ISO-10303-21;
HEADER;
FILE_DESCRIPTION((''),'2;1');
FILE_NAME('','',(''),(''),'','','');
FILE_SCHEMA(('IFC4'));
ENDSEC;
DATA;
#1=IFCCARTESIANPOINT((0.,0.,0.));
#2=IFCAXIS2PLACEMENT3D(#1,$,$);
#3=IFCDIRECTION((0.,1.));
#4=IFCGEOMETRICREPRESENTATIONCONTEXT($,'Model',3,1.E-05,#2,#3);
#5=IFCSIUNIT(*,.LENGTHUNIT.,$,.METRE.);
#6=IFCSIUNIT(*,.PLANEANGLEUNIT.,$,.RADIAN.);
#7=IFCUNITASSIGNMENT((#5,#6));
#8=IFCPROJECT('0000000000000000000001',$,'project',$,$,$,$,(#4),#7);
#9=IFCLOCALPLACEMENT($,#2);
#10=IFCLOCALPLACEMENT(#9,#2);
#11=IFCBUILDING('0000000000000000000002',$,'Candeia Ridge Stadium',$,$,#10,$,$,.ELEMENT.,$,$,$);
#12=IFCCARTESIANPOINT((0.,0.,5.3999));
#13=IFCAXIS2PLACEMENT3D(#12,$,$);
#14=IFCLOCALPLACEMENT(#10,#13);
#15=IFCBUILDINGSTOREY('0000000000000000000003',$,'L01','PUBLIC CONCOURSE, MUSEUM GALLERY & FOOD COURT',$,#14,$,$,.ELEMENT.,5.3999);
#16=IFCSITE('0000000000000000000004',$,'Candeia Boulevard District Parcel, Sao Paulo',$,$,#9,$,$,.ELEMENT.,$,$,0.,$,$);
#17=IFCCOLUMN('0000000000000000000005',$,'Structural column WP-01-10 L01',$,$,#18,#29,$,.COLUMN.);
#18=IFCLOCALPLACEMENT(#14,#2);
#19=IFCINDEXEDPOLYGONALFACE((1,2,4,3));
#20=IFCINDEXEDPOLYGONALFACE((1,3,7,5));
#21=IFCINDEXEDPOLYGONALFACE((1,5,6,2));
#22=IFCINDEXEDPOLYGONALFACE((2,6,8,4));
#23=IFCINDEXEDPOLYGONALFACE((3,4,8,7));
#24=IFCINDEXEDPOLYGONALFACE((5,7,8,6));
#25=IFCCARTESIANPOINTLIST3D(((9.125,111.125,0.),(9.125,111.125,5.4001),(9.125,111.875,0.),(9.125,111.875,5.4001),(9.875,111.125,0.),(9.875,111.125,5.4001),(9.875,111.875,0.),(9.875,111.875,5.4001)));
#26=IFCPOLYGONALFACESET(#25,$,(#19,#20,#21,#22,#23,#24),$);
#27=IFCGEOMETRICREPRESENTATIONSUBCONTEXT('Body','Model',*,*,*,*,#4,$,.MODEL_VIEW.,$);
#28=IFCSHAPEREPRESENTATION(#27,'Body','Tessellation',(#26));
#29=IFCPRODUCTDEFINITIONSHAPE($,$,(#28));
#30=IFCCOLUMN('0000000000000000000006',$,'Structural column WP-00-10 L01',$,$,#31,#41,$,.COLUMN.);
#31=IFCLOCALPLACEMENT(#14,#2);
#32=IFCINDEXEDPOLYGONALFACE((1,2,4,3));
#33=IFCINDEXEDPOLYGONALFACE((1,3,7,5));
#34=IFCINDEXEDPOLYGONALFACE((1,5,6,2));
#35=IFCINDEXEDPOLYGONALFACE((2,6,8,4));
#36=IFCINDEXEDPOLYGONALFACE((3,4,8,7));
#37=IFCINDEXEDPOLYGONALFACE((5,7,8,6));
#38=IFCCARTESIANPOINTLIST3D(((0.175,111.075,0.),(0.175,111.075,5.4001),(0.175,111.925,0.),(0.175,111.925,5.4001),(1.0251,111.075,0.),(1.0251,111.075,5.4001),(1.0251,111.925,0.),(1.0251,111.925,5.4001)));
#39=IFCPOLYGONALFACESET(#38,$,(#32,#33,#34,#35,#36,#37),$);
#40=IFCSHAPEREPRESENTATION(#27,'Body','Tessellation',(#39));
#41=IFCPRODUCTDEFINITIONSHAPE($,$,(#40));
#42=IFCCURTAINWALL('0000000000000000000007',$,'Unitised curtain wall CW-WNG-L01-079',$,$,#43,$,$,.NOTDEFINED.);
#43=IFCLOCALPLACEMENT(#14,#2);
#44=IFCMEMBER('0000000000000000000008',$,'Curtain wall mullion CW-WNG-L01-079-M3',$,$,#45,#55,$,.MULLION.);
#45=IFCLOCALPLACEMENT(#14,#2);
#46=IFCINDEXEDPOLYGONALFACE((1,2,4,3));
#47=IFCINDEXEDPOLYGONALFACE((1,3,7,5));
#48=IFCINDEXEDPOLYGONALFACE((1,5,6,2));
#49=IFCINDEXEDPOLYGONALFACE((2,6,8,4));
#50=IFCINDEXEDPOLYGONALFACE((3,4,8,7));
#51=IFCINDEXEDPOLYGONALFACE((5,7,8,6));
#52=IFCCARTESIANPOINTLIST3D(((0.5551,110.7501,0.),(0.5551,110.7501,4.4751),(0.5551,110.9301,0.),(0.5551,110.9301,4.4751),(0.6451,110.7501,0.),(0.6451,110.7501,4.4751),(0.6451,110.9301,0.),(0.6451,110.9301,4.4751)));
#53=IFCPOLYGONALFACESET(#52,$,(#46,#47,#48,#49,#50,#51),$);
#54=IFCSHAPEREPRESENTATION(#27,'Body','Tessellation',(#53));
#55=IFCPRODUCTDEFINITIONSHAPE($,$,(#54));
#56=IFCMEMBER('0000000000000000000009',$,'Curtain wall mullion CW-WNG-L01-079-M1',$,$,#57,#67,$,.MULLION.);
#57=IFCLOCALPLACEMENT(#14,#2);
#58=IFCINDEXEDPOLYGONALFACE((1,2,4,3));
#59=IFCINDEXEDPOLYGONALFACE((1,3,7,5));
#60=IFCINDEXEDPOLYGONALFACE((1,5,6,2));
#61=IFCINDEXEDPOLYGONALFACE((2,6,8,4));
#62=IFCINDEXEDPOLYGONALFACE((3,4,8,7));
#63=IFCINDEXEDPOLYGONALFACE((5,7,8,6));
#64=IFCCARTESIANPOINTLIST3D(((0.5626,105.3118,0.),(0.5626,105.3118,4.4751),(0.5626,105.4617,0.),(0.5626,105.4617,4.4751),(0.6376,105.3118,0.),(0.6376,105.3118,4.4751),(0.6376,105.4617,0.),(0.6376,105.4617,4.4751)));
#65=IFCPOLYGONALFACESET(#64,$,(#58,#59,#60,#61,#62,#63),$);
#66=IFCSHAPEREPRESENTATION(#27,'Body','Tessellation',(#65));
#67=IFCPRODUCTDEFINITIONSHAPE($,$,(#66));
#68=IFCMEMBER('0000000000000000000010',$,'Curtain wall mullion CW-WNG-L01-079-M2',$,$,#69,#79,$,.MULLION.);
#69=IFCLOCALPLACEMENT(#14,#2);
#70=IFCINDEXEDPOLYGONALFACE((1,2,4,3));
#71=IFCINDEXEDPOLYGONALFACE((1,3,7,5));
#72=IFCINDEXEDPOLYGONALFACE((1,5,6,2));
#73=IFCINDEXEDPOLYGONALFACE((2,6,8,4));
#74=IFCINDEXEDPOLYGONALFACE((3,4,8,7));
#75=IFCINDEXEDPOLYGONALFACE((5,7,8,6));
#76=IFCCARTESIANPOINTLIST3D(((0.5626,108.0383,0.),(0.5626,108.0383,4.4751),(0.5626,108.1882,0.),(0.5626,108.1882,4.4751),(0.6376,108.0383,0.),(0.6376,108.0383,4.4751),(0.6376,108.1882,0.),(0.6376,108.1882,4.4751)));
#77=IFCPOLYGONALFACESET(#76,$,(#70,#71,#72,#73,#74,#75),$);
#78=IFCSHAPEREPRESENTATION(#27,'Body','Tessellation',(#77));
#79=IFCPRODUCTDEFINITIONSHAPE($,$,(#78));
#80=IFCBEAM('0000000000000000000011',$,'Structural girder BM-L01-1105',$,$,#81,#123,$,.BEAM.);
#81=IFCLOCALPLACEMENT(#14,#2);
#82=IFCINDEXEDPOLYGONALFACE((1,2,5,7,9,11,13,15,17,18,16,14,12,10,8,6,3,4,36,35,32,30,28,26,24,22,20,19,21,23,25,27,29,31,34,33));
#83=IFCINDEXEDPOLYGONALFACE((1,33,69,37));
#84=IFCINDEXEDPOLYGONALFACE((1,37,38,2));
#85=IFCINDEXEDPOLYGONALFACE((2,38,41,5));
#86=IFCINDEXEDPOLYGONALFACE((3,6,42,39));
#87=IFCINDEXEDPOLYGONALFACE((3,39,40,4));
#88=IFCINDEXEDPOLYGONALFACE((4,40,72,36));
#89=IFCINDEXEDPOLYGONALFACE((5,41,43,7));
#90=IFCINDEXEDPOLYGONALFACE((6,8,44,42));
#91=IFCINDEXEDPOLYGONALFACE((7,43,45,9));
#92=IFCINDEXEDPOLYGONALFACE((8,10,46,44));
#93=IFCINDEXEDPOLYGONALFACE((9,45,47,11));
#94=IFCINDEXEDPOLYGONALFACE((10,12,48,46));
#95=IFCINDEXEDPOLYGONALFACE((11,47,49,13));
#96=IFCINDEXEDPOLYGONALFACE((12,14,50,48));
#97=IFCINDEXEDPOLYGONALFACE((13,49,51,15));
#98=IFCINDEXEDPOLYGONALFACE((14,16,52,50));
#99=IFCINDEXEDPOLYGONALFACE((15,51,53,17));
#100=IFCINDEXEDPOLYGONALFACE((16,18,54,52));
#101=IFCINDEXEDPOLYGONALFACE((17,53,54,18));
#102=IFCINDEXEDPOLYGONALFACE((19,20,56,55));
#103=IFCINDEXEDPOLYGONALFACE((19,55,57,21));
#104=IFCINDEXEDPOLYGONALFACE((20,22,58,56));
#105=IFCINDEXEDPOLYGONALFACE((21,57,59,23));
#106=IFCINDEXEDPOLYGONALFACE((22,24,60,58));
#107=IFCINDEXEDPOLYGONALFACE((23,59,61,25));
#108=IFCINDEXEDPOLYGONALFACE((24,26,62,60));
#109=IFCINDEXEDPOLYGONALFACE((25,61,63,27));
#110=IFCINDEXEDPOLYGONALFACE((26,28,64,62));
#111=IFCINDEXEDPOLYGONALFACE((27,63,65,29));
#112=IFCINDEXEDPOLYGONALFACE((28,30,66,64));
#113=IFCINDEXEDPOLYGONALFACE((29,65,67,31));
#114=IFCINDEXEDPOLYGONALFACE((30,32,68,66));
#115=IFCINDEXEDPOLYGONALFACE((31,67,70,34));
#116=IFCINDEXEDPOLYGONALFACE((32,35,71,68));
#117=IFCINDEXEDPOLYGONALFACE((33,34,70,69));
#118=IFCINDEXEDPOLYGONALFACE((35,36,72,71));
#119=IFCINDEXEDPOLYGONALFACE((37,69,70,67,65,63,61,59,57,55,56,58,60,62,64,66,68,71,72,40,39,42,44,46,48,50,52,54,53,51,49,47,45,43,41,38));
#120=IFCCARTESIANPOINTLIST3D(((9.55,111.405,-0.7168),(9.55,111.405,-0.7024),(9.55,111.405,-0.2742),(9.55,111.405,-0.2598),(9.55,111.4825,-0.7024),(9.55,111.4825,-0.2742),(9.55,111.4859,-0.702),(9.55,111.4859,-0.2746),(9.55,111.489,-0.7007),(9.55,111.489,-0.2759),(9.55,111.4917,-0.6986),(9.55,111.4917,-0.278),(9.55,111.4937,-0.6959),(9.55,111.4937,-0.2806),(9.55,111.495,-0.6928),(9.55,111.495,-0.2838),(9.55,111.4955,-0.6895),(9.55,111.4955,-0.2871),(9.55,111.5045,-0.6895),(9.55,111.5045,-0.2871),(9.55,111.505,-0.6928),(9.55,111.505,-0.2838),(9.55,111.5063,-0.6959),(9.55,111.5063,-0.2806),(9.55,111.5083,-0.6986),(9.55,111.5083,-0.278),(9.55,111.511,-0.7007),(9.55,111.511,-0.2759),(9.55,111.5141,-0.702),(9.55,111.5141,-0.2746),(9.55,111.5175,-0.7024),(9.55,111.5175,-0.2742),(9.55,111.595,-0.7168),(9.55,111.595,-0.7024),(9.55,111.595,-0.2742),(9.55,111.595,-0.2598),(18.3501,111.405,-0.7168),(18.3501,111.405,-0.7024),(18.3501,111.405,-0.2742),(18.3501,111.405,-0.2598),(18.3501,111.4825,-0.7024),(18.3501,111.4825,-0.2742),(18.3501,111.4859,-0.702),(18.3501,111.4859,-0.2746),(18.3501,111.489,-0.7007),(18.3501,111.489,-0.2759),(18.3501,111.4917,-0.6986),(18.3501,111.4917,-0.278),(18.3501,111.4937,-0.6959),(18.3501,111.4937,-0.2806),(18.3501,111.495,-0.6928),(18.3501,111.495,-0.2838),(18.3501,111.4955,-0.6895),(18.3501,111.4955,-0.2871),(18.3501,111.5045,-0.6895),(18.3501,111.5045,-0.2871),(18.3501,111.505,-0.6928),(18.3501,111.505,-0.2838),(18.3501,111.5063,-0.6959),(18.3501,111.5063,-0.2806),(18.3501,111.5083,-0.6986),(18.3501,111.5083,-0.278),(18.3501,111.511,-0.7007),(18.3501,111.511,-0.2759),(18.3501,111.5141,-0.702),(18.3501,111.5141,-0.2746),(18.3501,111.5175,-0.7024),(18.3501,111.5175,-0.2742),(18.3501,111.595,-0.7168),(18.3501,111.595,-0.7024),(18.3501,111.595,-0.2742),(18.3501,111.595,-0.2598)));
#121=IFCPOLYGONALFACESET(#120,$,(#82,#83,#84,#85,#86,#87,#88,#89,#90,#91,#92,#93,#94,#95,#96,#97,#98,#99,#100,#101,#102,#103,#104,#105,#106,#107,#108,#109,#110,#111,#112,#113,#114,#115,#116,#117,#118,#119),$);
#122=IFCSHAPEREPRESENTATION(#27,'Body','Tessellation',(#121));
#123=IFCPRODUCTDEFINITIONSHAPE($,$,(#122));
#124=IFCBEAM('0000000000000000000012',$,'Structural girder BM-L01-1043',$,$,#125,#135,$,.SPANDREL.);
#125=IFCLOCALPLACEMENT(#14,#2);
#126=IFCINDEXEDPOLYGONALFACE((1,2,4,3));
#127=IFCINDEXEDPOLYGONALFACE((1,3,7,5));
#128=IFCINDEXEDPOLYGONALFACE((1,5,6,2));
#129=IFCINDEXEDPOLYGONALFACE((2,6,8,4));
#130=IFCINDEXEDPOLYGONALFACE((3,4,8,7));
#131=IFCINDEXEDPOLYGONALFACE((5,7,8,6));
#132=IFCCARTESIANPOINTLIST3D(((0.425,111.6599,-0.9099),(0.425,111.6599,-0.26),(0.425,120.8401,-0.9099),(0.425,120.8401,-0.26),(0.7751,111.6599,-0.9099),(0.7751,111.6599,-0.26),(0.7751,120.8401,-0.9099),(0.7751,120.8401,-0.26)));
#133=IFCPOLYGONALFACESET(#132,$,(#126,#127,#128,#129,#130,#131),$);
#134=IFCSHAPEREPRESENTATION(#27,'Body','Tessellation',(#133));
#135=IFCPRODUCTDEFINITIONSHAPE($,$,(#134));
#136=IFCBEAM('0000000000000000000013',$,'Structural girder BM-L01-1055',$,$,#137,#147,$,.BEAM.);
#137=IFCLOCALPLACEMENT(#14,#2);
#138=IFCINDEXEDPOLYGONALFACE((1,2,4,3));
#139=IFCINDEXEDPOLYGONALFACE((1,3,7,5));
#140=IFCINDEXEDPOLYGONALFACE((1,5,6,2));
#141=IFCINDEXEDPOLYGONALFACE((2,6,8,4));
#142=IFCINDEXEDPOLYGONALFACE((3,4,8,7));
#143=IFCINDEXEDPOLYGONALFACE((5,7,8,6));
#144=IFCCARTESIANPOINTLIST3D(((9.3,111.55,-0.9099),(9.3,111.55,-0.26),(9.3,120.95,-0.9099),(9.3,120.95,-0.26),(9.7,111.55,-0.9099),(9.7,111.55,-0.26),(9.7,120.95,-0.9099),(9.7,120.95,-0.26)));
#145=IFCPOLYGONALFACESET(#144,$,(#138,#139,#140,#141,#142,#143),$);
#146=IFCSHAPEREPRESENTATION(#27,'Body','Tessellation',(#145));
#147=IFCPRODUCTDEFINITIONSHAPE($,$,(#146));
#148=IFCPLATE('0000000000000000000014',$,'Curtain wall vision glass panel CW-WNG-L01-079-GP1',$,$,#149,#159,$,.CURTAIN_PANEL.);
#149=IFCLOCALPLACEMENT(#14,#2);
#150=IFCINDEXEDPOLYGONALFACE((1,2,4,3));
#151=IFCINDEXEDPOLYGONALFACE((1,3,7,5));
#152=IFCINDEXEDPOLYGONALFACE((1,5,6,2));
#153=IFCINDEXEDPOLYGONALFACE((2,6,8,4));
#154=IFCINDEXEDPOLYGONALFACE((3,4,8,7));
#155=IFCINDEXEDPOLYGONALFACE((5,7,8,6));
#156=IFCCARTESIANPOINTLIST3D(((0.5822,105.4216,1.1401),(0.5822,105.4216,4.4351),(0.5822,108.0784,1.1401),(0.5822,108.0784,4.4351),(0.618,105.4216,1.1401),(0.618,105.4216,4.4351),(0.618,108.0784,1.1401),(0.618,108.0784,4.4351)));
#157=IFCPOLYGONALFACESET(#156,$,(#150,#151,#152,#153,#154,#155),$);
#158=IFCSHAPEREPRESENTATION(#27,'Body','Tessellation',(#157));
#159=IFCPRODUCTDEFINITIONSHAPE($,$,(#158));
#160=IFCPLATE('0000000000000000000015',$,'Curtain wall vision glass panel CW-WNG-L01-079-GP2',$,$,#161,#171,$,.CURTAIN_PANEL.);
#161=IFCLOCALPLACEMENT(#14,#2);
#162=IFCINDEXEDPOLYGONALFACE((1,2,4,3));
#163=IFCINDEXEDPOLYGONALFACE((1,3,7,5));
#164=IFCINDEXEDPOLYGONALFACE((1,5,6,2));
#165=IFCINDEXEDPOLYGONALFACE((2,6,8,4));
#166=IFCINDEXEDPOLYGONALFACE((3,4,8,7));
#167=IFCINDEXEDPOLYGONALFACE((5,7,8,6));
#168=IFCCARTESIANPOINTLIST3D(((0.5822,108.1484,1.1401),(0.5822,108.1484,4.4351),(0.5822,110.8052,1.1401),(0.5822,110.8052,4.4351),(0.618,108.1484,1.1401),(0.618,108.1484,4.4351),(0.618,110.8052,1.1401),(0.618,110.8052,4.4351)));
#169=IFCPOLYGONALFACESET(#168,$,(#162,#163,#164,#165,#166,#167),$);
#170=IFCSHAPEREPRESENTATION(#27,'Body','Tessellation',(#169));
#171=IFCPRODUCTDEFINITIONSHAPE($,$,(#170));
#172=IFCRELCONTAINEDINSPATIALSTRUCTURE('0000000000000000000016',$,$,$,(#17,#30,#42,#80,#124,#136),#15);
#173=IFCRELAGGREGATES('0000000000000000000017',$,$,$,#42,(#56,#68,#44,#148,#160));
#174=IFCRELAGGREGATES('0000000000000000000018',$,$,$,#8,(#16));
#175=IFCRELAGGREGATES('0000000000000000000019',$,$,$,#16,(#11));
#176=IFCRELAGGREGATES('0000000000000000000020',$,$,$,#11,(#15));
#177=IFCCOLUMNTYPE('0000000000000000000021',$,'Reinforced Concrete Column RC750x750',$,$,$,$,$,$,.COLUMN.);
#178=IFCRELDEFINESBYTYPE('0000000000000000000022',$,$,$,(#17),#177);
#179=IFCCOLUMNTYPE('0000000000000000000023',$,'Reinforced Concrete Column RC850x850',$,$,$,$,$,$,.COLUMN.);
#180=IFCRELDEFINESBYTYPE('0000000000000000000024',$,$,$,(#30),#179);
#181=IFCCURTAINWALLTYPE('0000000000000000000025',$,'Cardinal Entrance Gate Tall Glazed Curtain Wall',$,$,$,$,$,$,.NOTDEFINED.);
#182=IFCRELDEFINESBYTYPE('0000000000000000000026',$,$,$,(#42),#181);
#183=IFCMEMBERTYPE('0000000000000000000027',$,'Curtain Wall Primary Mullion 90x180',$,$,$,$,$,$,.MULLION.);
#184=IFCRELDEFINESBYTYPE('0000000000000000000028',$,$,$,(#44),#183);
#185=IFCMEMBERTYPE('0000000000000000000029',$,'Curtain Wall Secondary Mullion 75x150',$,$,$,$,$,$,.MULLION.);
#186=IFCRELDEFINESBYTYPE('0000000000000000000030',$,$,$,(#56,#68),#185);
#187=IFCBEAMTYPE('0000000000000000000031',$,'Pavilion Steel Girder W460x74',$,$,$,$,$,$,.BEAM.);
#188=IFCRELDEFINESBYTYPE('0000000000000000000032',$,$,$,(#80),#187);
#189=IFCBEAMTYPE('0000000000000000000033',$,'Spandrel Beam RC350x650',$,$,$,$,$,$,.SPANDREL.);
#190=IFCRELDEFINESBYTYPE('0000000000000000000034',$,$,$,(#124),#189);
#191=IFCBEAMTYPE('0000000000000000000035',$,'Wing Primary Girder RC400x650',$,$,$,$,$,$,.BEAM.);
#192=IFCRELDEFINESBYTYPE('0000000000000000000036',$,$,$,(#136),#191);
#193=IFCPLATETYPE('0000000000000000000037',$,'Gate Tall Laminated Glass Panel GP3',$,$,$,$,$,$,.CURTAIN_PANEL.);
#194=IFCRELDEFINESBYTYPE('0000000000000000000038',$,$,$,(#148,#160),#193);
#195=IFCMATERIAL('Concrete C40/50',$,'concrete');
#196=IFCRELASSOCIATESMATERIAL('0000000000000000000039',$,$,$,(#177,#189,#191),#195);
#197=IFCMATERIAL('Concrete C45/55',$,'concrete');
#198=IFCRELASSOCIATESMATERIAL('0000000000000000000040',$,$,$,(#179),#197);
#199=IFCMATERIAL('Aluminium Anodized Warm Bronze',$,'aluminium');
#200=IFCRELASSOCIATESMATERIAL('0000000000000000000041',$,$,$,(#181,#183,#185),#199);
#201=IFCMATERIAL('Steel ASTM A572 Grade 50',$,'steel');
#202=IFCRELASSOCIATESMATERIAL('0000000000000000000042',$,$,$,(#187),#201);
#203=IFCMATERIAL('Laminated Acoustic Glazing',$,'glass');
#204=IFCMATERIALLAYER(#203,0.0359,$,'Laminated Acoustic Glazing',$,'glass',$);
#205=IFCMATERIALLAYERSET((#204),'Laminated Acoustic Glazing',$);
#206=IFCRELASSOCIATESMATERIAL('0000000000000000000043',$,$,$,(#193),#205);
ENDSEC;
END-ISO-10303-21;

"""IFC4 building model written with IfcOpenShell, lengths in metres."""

from ifc_helpers import new_model, si_unit, direction, frame, origin, origin_2d, place, context, subcontext, project, spatial, rectangle, i_section, extrude, material, layer, layer_set, material_profile, profile_set, type_object, element, aggregate, save


model = new_model("IFC4")

# Units and contexts
model_context = context("Model", 3, precision=1e-05, world=origin(), true_north=direction((0.0, 1.0)))
body_context = subcontext(model_context, "Body", "Model", "MODEL_VIEW")
ifc_project = project(units=[si_unit("LENGTHUNIT", "METRE"), si_unit("PLANEANGLEUNIT", "RADIAN")], contexts=[model_context])

# Site, building, storey
site_placement = place(None, origin())
site = spatial("IfcSite", under=ifc_project, at=site_placement, Name="Candeia Boulevard District Parcel, Sao Paulo", CompositionType="ELEMENT", RefElevation=0.0)
building_placement = place(site_placement, origin())
building = spatial("IfcBuilding", under=site, at=building_placement, Name="Candeia Ridge Stadium", CompositionType="ELEMENT")
storey_placement = place(building_placement, frame((0.0, 0.0, 5.3999)))
storey = spatial("IfcBuildingStorey", under=building, at=storey_placement, Name="L01", Description="PUBLIC CONCOURSE, MUSEUM GALLERY & FOOD COURT", CompositionType="ELEMENT", Elevation=5.3999)

# Columns
ifc_material_1 = material(Name="Concrete C40/50", Category="concrete")
ifc_material_profile_1 = material_profile(ifc_material_1, rectangle(XDim=0.75, YDim=0.75, at=origin_2d()), Name="RC750x750", Category="concrete")
ifc_profile_set_1 = profile_set([ifc_material_profile_1], Name="Concrete C40/50")
column_type_1 = type_object("IfcColumnType", Name="Reinforced Concrete Column RC750x750", PredefinedType="COLUMN", material=ifc_profile_set_1)
column_1_placement = place(storey_placement, frame((9.5, 111.5, 0.0), z_axis=(0.0, 0.0, 1.0), x_axis=(1.0, 0.0, 0.0)))
element("IfcColumn", 1, at=column_1_placement, inside=storey, type_object=column_type_1, Name="Structural column WP-01-10 L01", PredefinedType="COLUMN", context=body_context, shape_type="SweptSolid", body=[
    extrude(rectangle(XDim=0.75, YDim=0.75, at=origin_2d()), origin(), (0.0, 0.0, 1.0), 5.4001),
])
ifc_material_2 = material(Name="Concrete C45/55", Category="concrete")
ifc_material_profile_2 = material_profile(ifc_material_2, rectangle(XDim=0.8501, YDim=0.8501, at=origin_2d()), Name="RC850x850", Category="concrete")
ifc_profile_set_2 = profile_set([ifc_material_profile_2], Name="Concrete C45/55")
column_type_2 = type_object("IfcColumnType", Name="Reinforced Concrete Column RC850x850", PredefinedType="COLUMN", material=ifc_profile_set_2)
column_2_placement = place(storey_placement, frame((0.6001, 111.5, 0.0), z_axis=(0.0, 0.0, 1.0), x_axis=(1.0, 0.0, 0.0)))
element("IfcColumn", 2, at=column_2_placement, inside=storey, type_object=column_type_2, Name="Structural column WP-00-10 L01", PredefinedType="COLUMN", context=body_context, shape_type="SweptSolid", body=[
    extrude(rectangle(XDim=0.8501, YDim=0.8501, at=origin_2d()), origin(), (0.0, 0.0, 1.0), 5.4001),
])

# Curtain wall, members
ifc_material_3 = material(Name="Aluminium Anodized Warm Bronze", Category="aluminium")
curtain_wall_type = type_object("IfcCurtainWallType", Name="Cardinal Entrance Gate Tall Glazed Curtain Wall", PredefinedType="NOTDEFINED", material=ifc_material_3)
curtain_wall_placement = place(storey_placement, origin())
curtain_wall = element("IfcCurtainWall", 3, at=curtain_wall_placement, inside=storey, type_object=curtain_wall_type, Name="Unitised curtain wall CW-WNG-L01-079", PredefinedType="NOTDEFINED")
ifc_material_profile_3 = material_profile(ifc_material_3, rectangle(XDim=0.0901, YDim=0.1799, at=origin_2d()), Name="CWM-90x180", Category="aluminium")
ifc_profile_set_3 = profile_set([ifc_material_profile_3], Name="Aluminium Anodized Warm Bronze")
member_type_1 = type_object("IfcMemberType", Name="Curtain Wall Primary Mullion 90x180", PredefinedType="MULLION", material=ifc_profile_set_3)
member_1_placement = place(storey_placement, frame((0.6001, 110.8401, 0.0), z_axis=(0.0, 0.0, 1.0), x_axis=(1.0, 0.0, 0.0)))
member_1 = element("IfcMember", 4, at=member_1_placement, type_object=member_type_1, Name="Curtain wall mullion CW-WNG-L01-079-M3", PredefinedType="MULLION", context=body_context, shape_type="SweptSolid", body=[
    extrude(rectangle(XDim=0.0901, YDim=0.1799, at=origin_2d()), origin(), (0.0, 0.0, 1.0), 4.4751),
])
ifc_material_profile_4 = material_profile(ifc_material_3, rectangle(XDim=0.075, YDim=0.1499, at=origin_2d()), Name="CWM-75x150", Category="aluminium")
ifc_profile_set_4 = profile_set([ifc_material_profile_4], Name="Aluminium Anodized Warm Bronze")
member_type_2 = type_object("IfcMemberType", Name="Curtain Wall Secondary Mullion 75x150", PredefinedType="MULLION", material=ifc_profile_set_4)
member_2_placement = place(storey_placement, frame((0.6001, 105.3867, 0.0), z_axis=(0.0, 0.0, 1.0), x_axis=(1.0, 0.0, 0.0)))
member_2 = element("IfcMember", 5, at=member_2_placement, type_object=member_type_2, Name="Curtain wall mullion CW-WNG-L01-079-M1", PredefinedType="MULLION", context=body_context, shape_type="SweptSolid", body=[
    extrude(rectangle(XDim=0.075, YDim=0.1499, at=origin_2d()), origin(), (0.0, 0.0, 1.0), 4.4751),
])
member_3_placement = place(storey_placement, frame((0.6001, 108.1133, 0.0), z_axis=(0.0, 0.0, 1.0), x_axis=(1.0, 0.0, 0.0)))
member_3 = element("IfcMember", 6, at=member_3_placement, type_object=member_type_2, Name="Curtain wall mullion CW-WNG-L01-079-M2", PredefinedType="MULLION", context=body_context, shape_type="SweptSolid", body=[
    extrude(rectangle(XDim=0.075, YDim=0.1499, at=origin_2d()), origin(), (0.0, 0.0, 1.0), 4.4751),
])

# Beams
ifc_material_4 = material(Name="Steel ASTM A572 Grade 50", Category="steel")
ifc_material_profile_5 = material_profile(ifc_material_4, i_section(OverallWidth=0.1899, OverallDepth=0.457, WebThickness=0.009, FlangeThickness=0.0144, FilletRadius=0.0129, at=origin_2d()), Name="W460x74", Category="steel")
ifc_profile_set_5 = profile_set([ifc_material_profile_5], Name="Steel ASTM A572 Grade 50")
beam_type_1 = type_object("IfcBeamType", Name="Pavilion Steel Girder W460x74", PredefinedType="BEAM", material=ifc_profile_set_5)
beam_1_placement = place(storey_placement, frame((9.55, 111.5, -0.4883), z_axis=(1.0, 0.0, 0.0), x_axis=(0.0, 1.0, 0.0)))
element("IfcBeam", 7, at=beam_1_placement, inside=storey, type_object=beam_type_1, Name="Structural girder BM-L01-1105", PredefinedType="BEAM", context=body_context, shape_type="SweptSolid", body=[
    extrude(i_section(OverallWidth=0.1899, OverallDepth=0.457, WebThickness=0.009, FlangeThickness=0.0144, FilletRadius=0.0129, at=origin_2d()), origin(), (0.0, 0.0, 1.0), 8.8),
])
ifc_material_profile_6 = material_profile(ifc_material_1, rectangle(XDim=0.3501, YDim=0.6499, at=origin_2d()), Name="RC350x650", Category="concrete")
ifc_profile_set_6 = profile_set([ifc_material_profile_6], Name="Concrete C40/50")
beam_type_2 = type_object("IfcBeamType", Name="Spandrel Beam RC350x650", PredefinedType="SPANDREL", material=ifc_profile_set_6)
beam_2_placement = place(storey_placement, frame((0.6001, 111.6599, -0.585), z_axis=(0.0, 1.0, 0.0), x_axis=(-1.0, 0.0, 0.0)))
element("IfcBeam", 8, at=beam_2_placement, inside=storey, type_object=beam_type_2, Name="Structural girder BM-L01-1043", PredefinedType="SPANDREL", context=body_context, shape_type="SweptSolid", body=[
    extrude(rectangle(XDim=0.3501, YDim=0.6499, at=origin_2d()), origin(), (0.0, 0.0, 1.0), 9.1802),
])
ifc_material_profile_7 = material_profile(ifc_material_1, rectangle(XDim=0.3999, YDim=0.6499, at=origin_2d()), Name="RC400x650", Category="concrete")
ifc_profile_set_7 = profile_set([ifc_material_profile_7], Name="Concrete C40/50")
beam_type_3 = type_object("IfcBeamType", Name="Wing Primary Girder RC400x650", PredefinedType="BEAM", material=ifc_profile_set_7)
beam_3_placement = place(storey_placement, frame((9.5, 111.55, -0.585), z_axis=(0.0, 1.0, 0.0), x_axis=(-1.0, 0.0, 0.0)))
element("IfcBeam", 9, at=beam_3_placement, inside=storey, type_object=beam_type_3, Name="Structural girder BM-L01-1055", PredefinedType="BEAM", context=body_context, shape_type="SweptSolid", body=[
    extrude(rectangle(XDim=0.3999, YDim=0.6499, at=origin_2d()), origin(), (0.0, 0.0, 1.0), 9.3999),
])

# Plates
ifc_material_5 = material(Name="Laminated Acoustic Glazing", Category="glass")
ifc_layer_1 = layer(ifc_material_5, 0.0359, Name="Laminated Acoustic Glazing", Category="glass")
ifc_layer_set_1 = layer_set([ifc_layer_1], Name="Laminated Acoustic Glazing")
plate_type_1 = type_object("IfcPlateType", Name="Gate Tall Laminated Glass Panel GP3", PredefinedType="CURTAIN_PANEL", material=ifc_layer_set_1)
plate_1_placement = place(storey_placement, frame((0.6001, 106.75, 1.1401), z_axis=(0.0, 0.0, 1.0), x_axis=(0.0, 1.0, 0.0)))
plate_1 = element("IfcPlate", 10, at=plate_1_placement, type_object=plate_type_1, Name="Curtain wall vision glass panel CW-WNG-L01-079-GP1", PredefinedType="CURTAIN_PANEL", context=body_context, shape_type="SweptSolid", body=[
    extrude(rectangle(XDim=2.6567, YDim=0.0359, at=origin_2d()), origin(), (0.0, 0.0, 1.0), 3.2949),
])
plate_2_placement = place(storey_placement, frame((0.6001, 109.4768, 1.1401), z_axis=(0.0, 0.0, 1.0), x_axis=(0.0, 1.0, 0.0)))
plate_2 = element("IfcPlate", 11, at=plate_2_placement, type_object=plate_type_1, Name="Curtain wall vision glass panel CW-WNG-L01-079-GP2", PredefinedType="CURTAIN_PANEL", context=body_context, shape_type="SweptSolid", body=[
    extrude(rectangle(XDim=2.6567, YDim=0.0359, at=origin_2d()), origin(), (0.0, 0.0, 1.0), 3.2949),
])
aggregate(curtain_wall, [member_2, member_3, member_1, plate_1, plate_2])

save(model, "model.ifc")
